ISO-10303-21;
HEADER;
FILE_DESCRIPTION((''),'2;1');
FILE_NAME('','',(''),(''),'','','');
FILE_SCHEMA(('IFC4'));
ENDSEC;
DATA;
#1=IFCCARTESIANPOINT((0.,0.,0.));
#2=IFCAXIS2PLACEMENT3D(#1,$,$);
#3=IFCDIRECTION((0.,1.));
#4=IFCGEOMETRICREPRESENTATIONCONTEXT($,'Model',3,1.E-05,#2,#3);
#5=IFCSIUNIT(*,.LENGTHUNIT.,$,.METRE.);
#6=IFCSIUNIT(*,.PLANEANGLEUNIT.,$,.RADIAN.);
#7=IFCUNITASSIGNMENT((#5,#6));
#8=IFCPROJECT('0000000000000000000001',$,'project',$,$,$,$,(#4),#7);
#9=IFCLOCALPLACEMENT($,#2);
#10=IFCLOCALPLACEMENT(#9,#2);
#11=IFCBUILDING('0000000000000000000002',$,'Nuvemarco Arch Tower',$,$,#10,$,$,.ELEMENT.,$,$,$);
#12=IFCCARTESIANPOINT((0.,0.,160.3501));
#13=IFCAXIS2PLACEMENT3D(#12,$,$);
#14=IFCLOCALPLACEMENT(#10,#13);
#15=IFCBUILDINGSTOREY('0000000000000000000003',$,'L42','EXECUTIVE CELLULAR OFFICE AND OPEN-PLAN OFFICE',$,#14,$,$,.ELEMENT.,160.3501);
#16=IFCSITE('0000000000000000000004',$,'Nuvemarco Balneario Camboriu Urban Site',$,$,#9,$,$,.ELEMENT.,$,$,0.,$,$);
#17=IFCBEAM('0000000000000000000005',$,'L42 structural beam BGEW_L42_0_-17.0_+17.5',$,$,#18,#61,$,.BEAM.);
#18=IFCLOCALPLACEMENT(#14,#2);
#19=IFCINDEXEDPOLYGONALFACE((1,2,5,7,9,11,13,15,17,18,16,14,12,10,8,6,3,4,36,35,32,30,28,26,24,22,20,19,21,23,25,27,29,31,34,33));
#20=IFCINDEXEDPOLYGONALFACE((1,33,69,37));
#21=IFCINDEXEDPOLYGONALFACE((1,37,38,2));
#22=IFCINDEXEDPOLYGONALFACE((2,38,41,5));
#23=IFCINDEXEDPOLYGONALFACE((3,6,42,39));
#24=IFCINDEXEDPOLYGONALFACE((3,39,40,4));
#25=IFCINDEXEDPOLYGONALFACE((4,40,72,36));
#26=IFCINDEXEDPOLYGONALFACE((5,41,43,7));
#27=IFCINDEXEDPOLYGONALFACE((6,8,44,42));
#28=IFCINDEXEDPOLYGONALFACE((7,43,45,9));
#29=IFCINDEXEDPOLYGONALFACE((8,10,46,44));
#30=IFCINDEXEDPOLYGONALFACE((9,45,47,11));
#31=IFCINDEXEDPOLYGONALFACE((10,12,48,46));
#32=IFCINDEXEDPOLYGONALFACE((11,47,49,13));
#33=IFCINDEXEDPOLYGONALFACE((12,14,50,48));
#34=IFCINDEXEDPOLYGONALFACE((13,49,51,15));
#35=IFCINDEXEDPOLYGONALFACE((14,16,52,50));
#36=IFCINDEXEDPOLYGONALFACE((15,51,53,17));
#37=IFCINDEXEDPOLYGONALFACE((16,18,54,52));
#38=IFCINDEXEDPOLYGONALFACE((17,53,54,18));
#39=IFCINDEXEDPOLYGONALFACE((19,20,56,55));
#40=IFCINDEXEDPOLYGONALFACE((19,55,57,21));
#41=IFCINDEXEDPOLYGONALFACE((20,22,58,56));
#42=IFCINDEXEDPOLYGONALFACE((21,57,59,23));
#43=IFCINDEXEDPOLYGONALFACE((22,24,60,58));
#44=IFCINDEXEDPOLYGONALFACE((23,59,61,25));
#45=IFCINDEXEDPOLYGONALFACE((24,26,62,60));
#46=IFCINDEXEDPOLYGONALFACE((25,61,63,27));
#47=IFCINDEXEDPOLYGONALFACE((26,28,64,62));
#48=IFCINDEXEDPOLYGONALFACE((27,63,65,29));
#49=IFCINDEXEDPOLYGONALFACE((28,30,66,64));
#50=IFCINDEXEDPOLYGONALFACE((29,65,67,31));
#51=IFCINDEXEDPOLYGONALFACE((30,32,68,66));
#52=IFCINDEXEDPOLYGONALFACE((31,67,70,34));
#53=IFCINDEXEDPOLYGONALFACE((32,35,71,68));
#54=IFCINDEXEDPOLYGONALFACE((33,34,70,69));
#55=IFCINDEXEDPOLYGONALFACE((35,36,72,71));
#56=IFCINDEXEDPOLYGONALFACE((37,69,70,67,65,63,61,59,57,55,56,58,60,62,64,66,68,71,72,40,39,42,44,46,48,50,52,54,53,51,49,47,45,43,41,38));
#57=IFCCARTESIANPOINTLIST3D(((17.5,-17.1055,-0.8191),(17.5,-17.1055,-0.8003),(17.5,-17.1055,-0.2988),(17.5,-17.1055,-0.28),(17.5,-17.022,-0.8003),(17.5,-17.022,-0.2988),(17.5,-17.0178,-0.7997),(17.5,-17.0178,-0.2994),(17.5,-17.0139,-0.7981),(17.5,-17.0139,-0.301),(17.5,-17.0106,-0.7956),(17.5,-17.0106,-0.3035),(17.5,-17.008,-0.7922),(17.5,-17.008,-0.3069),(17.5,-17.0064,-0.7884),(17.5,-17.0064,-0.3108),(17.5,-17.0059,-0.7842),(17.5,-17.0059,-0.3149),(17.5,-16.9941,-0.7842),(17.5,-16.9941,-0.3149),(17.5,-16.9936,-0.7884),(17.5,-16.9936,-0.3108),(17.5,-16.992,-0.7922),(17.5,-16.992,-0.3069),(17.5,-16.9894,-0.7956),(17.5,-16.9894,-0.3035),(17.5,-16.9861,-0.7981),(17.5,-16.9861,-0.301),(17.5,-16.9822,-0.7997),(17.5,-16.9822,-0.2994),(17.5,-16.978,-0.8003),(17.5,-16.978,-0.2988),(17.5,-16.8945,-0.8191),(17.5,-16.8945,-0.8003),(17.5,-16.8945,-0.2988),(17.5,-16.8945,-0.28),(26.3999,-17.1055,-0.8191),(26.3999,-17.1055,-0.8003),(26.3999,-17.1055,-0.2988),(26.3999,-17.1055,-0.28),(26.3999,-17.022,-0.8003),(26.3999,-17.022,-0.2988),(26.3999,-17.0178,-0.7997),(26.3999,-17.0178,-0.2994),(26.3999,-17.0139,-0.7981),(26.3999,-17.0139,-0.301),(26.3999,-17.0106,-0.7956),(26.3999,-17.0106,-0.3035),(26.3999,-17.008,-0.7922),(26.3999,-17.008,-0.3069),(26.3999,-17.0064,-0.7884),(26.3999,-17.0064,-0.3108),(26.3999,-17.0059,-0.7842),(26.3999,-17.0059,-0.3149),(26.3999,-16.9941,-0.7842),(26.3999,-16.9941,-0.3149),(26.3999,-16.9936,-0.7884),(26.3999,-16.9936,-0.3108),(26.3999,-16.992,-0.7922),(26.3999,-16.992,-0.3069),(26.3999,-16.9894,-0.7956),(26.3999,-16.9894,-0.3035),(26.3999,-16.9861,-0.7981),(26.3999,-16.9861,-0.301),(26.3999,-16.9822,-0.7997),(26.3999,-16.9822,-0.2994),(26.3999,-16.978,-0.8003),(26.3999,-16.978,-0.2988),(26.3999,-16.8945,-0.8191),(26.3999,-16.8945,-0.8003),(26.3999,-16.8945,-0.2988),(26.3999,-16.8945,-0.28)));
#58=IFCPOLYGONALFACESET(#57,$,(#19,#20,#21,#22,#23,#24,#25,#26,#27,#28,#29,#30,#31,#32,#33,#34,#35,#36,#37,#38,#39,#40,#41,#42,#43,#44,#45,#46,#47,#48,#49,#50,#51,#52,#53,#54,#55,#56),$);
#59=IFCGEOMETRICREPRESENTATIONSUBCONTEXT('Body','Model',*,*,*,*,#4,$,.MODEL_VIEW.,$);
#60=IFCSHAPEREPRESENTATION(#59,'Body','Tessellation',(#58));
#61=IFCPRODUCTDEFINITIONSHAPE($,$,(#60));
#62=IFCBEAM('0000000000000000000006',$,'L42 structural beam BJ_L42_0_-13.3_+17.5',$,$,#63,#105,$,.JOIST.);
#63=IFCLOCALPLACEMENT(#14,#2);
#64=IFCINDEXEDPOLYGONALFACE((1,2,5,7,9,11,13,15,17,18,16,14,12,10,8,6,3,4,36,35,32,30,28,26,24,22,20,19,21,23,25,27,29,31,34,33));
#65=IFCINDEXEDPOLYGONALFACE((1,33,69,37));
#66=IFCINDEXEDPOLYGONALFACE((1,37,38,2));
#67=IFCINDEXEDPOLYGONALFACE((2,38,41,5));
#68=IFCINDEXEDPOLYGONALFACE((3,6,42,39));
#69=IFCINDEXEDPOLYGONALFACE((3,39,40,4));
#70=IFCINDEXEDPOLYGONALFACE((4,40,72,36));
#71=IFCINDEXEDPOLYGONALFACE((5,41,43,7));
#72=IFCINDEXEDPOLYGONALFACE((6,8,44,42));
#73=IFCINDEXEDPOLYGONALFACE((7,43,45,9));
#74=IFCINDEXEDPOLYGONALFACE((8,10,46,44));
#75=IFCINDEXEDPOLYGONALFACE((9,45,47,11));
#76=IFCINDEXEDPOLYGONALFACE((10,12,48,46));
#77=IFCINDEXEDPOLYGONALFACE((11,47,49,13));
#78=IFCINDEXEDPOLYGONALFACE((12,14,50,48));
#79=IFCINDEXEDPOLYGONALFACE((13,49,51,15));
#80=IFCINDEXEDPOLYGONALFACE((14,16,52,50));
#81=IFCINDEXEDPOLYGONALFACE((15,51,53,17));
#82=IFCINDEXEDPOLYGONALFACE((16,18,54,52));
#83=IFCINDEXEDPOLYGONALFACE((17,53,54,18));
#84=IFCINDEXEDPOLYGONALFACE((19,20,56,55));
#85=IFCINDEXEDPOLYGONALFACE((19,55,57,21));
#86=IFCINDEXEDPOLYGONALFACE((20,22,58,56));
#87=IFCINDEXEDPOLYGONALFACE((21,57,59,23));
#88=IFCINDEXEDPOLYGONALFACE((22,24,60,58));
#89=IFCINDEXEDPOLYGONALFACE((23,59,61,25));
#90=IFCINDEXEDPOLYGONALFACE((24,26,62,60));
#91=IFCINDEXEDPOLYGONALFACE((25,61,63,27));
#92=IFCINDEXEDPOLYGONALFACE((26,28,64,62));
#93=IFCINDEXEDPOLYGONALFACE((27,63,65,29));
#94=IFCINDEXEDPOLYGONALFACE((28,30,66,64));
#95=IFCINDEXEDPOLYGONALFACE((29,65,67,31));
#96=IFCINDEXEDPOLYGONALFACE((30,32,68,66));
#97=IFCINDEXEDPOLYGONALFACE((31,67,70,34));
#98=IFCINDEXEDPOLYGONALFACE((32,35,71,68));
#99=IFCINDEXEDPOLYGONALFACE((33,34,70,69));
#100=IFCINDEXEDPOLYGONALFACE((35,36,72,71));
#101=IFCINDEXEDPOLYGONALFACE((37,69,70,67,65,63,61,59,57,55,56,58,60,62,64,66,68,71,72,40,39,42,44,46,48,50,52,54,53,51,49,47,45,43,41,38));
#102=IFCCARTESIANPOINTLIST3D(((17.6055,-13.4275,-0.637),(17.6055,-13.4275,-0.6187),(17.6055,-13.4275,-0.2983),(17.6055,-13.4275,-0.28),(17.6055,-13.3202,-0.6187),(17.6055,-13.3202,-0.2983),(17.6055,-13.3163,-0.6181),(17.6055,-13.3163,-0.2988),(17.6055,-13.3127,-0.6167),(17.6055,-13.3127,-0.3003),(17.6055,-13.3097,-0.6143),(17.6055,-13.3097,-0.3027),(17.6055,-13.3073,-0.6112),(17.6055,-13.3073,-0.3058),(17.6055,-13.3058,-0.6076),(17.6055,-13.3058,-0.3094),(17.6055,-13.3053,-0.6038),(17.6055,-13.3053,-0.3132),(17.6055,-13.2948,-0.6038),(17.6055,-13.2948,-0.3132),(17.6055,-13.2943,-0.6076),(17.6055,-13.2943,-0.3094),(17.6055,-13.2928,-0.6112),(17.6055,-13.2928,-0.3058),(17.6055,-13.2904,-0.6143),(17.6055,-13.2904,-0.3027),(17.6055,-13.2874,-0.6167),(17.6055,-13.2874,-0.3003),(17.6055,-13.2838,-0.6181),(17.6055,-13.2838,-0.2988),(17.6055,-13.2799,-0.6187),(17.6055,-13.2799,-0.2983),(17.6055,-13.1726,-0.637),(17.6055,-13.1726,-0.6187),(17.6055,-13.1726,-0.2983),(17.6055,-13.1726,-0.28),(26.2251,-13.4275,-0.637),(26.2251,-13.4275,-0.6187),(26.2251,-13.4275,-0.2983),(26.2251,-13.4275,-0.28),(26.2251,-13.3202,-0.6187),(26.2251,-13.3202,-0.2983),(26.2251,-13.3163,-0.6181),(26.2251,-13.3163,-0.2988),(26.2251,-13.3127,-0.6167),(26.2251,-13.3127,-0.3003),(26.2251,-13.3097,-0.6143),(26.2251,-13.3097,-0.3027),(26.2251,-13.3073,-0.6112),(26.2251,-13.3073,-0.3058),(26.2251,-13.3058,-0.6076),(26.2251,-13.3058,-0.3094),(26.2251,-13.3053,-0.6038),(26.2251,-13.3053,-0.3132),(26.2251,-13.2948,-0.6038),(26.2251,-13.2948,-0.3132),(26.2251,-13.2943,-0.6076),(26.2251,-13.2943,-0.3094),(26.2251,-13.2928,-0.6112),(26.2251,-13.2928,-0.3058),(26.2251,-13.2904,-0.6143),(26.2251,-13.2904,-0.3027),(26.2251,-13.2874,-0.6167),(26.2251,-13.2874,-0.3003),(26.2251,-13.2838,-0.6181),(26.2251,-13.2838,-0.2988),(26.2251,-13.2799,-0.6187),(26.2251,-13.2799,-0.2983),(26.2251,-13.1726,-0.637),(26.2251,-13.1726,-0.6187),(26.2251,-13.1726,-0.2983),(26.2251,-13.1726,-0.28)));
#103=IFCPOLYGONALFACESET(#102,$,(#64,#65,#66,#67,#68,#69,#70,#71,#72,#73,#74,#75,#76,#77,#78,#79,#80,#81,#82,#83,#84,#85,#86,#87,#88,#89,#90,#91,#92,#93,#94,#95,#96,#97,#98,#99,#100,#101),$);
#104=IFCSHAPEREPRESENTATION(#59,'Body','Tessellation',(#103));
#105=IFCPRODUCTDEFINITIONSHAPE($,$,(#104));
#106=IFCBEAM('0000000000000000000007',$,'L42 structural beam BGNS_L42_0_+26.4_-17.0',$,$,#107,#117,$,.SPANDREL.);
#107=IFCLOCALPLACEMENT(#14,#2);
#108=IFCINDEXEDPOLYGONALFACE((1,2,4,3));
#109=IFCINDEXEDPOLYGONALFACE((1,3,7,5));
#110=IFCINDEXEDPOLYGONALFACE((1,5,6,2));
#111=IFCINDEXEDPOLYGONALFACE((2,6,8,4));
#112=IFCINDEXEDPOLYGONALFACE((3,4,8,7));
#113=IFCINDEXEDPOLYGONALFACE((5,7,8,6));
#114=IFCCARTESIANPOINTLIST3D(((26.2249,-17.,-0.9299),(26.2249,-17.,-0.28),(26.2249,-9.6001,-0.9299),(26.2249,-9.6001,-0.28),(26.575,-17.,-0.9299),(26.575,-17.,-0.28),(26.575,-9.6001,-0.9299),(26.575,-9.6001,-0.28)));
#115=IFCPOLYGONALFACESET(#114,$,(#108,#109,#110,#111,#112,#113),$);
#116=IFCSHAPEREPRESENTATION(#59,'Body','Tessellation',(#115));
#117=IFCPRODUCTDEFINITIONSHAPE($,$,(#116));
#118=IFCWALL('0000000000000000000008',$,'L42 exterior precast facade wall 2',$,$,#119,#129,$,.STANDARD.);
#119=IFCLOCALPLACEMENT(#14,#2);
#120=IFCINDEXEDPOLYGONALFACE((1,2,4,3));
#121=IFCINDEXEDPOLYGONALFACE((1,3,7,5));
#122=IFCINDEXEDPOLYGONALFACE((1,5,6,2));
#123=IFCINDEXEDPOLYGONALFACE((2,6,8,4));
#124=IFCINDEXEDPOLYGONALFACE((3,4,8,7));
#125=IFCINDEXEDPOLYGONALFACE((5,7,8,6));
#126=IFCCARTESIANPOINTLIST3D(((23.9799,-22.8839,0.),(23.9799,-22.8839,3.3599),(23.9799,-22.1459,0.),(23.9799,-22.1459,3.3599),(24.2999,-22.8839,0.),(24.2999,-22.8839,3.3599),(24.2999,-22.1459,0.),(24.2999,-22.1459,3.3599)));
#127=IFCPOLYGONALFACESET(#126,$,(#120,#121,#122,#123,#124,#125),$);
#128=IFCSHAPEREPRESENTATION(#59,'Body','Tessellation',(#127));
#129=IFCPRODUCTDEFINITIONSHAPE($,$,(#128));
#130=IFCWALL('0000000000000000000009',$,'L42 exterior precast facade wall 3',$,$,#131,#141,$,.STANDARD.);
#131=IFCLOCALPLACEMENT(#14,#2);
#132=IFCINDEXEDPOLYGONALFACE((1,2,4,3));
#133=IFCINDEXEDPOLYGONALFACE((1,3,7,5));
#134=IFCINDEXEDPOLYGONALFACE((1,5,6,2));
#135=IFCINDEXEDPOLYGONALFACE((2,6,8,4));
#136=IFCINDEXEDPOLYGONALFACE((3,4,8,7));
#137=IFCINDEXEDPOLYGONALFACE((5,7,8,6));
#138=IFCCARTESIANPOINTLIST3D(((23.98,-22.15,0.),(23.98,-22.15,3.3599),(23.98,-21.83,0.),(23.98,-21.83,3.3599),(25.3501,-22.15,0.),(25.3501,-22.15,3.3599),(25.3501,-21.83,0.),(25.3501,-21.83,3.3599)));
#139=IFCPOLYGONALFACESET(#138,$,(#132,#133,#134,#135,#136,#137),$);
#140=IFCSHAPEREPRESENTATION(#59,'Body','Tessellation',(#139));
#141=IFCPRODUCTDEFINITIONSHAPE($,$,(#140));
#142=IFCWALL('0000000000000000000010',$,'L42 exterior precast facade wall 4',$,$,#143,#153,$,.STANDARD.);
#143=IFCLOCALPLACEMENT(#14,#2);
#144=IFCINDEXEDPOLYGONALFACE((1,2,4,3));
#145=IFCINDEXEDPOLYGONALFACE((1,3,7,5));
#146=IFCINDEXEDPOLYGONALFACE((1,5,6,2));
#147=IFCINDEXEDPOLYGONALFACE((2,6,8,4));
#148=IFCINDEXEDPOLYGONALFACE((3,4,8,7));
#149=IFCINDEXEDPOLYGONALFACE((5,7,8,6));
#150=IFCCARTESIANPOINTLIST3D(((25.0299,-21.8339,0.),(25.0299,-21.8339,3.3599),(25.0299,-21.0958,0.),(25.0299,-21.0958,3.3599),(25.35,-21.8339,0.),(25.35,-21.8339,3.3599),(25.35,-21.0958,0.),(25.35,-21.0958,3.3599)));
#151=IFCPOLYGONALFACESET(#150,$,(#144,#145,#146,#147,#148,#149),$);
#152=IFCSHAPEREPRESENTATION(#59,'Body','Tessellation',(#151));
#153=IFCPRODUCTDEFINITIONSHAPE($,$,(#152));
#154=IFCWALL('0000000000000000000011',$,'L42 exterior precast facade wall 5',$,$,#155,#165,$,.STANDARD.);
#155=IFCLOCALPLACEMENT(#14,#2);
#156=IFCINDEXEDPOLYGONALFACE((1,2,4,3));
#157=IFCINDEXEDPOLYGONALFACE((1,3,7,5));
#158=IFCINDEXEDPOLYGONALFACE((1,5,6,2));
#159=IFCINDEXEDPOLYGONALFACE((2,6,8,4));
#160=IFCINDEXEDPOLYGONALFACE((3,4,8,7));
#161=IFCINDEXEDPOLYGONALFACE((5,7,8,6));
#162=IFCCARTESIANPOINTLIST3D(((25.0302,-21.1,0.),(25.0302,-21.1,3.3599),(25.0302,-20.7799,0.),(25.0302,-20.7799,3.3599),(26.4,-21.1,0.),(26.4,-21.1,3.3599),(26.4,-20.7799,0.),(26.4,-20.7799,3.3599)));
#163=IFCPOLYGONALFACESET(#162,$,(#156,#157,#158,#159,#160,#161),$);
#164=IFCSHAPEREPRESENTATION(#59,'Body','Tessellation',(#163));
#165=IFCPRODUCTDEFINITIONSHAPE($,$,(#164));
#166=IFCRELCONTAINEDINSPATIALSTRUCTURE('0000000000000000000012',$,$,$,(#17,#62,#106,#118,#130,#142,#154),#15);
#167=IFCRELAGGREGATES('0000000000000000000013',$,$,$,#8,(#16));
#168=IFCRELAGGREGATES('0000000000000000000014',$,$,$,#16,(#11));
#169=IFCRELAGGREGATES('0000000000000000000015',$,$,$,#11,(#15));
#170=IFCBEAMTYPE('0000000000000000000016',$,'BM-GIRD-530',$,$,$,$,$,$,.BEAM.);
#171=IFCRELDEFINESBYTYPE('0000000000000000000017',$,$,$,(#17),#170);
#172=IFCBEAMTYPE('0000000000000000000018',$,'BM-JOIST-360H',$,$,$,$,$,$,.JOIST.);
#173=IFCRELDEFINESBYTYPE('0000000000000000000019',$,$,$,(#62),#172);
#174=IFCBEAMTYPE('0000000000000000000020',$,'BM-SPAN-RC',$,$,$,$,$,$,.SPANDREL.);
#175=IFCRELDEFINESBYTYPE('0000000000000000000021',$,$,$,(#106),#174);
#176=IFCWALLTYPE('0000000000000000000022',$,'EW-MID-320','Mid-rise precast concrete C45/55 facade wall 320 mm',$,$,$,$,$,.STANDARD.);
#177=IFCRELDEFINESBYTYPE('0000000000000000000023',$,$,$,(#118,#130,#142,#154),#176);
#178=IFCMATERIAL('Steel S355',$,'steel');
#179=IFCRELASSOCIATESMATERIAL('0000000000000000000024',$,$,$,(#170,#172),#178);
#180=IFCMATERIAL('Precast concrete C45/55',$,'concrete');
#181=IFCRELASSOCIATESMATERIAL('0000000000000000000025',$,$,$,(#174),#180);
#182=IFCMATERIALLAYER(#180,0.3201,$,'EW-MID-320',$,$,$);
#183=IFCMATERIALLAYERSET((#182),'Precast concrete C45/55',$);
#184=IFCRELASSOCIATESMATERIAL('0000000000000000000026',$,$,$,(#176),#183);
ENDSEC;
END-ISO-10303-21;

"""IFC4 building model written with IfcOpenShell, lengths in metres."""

from ifc_helpers import new_model, si_unit, direction, frame, frame_2d, origin, origin_2d, place, context, subcontext, project, spatial, rectangle, i_section, extrude, material, layer, layer_set, material_profile, profile_set, type_object, element, save


model = new_model("IFC4")

# Units and contexts
model_context = context("Model", 3, precision=1e-05, world=origin(), true_north=direction((0.0, 1.0)))
body_context = subcontext(model_context, "Body", "Model", "MODEL_VIEW")
ifc_project = project(units=[si_unit("LENGTHUNIT", "METRE"), si_unit("PLANEANGLEUNIT", "RADIAN")], contexts=[model_context])

# Site, building, storey
site_placement = place(None, origin())
site = spatial("IfcSite", under=ifc_project, at=site_placement, Name="Nuvemarco Balneario Camboriu Urban Site", CompositionType="ELEMENT", RefElevation=0.0)
building_placement = place(site_placement, origin())
building = spatial("IfcBuilding", under=site, at=building_placement, Name="Nuvemarco Arch Tower", CompositionType="ELEMENT")
storey_placement = place(building_placement, frame((0.0, 0.0, 160.3501)))
storey = spatial("IfcBuildingStorey", under=building, at=storey_placement, Name="L42", Description="EXECUTIVE CELLULAR OFFICE AND OPEN-PLAN OFFICE", CompositionType="ELEMENT", Elevation=160.3501)

# Shared definitions
ifc_material_1 = material(Name="Steel S355", Category="steel")

# Beams
ifc_material_profile_1 = material_profile(ifc_material_1, i_section(OverallWidth=0.2109, OverallDepth=0.5391, WebThickness=0.0117, FlangeThickness=0.0188, FilletRadius=0.0161, at=origin_2d()), Name="W530x109")
ifc_profile_set_1 = profile_set([ifc_material_profile_1], Name="Steel S355")
beam_type_1 = type_object("IfcBeamType", Name="BM-GIRD-530", PredefinedType="BEAM", material=ifc_profile_set_1)
beam_1_placement = place(storey_placement, frame((17.5, -17.0, -0.5496), z_axis=(1.0, 0.0, 0.0), x_axis=(0.0, 1.0, 0.0)))
element("IfcBeam", 1, at=beam_1_placement, inside=storey, type_object=beam_type_1, Name="L42 structural beam BGEW_L42_0_-17.0_+17.5", PredefinedType="BEAM", context=body_context, shape_type="SweptSolid", body=[
    extrude(i_section(OverallWidth=0.2109, OverallDepth=0.5391, WebThickness=0.0117, FlangeThickness=0.0188, FilletRadius=0.0161, at=origin_2d()), origin(), (0.0, 0.0, 1.0), 8.8999),
])
ifc_material_profile_2 = material_profile(ifc_material_1, i_section(OverallWidth=0.2549, OverallDepth=0.3569, WebThickness=0.0105, FlangeThickness=0.0183, FilletRadius=0.0149, at=origin_2d()), Name="W360x101")
ifc_profile_set_2 = profile_set([ifc_material_profile_2], Name="Steel S355")
beam_type_2 = type_object("IfcBeamType", Name="BM-JOIST-360H", PredefinedType="JOIST", material=ifc_profile_set_2)
beam_2_placement = place(storey_placement, frame((17.6055, -13.3, -0.4585), z_axis=(1.0, 0.0, 0.0), x_axis=(0.0, 1.0, 0.0)))
element("IfcBeam", 2, at=beam_2_placement, inside=storey, type_object=beam_type_2, Name="L42 structural beam BJ_L42_0_-13.3_+17.5", PredefinedType="JOIST", context=body_context, shape_type="SweptSolid", body=[
    extrude(i_section(OverallWidth=0.2549, OverallDepth=0.3569, WebThickness=0.0105, FlangeThickness=0.0183, FilletRadius=0.0149, at=origin_2d()), origin(), (0.0, 0.0, 1.0), 8.6196),
])
ifc_material_2 = material(Name="Precast concrete C45/55", Category="concrete")
ifc_material_profile_3 = material_profile(ifc_material_2, rectangle(XDim=0.3501, YDim=0.6499, at=origin_2d()), Name="PC-SP-350x650")
ifc_profile_set_3 = profile_set([ifc_material_profile_3], Name="Precast concrete C45/55")
beam_type_3 = type_object("IfcBeamType", Name="BM-SPAN-RC", PredefinedType="SPANDREL", material=ifc_profile_set_3)
beam_3_placement = place(storey_placement, frame((26.3999, -17.0, -0.605), z_axis=(0.0, 1.0, 0.0), x_axis=(-1.0, 0.0, 0.0)))
element("IfcBeam", 3, at=beam_3_placement, inside=storey, type_object=beam_type_3, Name="L42 structural beam BGNS_L42_0_+26.4_-17.0", PredefinedType="SPANDREL", context=body_context, shape_type="SweptSolid", body=[
    extrude(rectangle(XDim=0.3501, YDim=0.6499, at=origin_2d()), origin(), (0.0, 0.0, 1.0), 7.3999),
])

# Walls
ifc_layer_1 = layer(ifc_material_2, 0.3201, Name="EW-MID-320")
ifc_layer_set_1 = layer_set([ifc_layer_1], Name="Precast concrete C45/55")
wall_type_1 = type_object("IfcWallType", Name="EW-MID-320", Description="Mid-rise precast concrete C45/55 facade wall 320 mm", PredefinedType="STANDARD", material=ifc_layer_set_1)
wall_1_placement = place(storey_placement, frame((24.1399, -22.884, 0.0), z_axis=(0.0, 0.0, 1.0), x_axis=(0.0, 1.0, 0.0)))
element("IfcWall", 4, at=wall_1_placement, inside=storey, type_object=wall_type_1, Name="L42 exterior precast facade wall 2", PredefinedType="STANDARD", context=body_context, shape_type="SweptSolid", body=[
    extrude(rectangle(XDim=0.738, YDim=0.3201, at=frame_2d((0.3691, 0.0))), origin(), (0.0, 0.0, 1.0), 3.3599),
])
wall_2_placement = place(storey_placement, frame((23.98, -21.99, 0.0), z_axis=(0.0, 0.0, 1.0), x_axis=(1.0, 0.0, 0.0)))
element("IfcWall", 5, at=wall_2_placement, inside=storey, type_object=wall_type_1, Name="L42 exterior precast facade wall 3", PredefinedType="STANDARD", context=body_context, shape_type="SweptSolid", body=[
    extrude(rectangle(XDim=1.3701, YDim=0.3201, at=frame_2d((0.6851, 0.0))), origin(), (0.0, 0.0, 1.0), 3.3599),
])
wall_3_placement = place(storey_placement, frame((25.1899, -21.834, 0.0), z_axis=(0.0, 0.0, 1.0), x_axis=(0.0, 1.0, 0.0)))
element("IfcWall", 6, at=wall_3_placement, inside=storey, type_object=wall_type_1, Name="L42 exterior precast facade wall 4", PredefinedType="STANDARD", context=body_context, shape_type="SweptSolid", body=[
    extrude(rectangle(XDim=0.738, YDim=0.3201, at=frame_2d((0.3691, 0.0))), origin(), (0.0, 0.0, 1.0), 3.3599),
])
wall_4_placement = place(storey_placement, frame((25.03, -20.9399, 0.0), z_axis=(0.0, 0.0, 1.0), x_axis=(1.0, 0.0, 0.0)))
element("IfcWall", 7, at=wall_4_placement, inside=storey, type_object=wall_type_1, Name="L42 exterior precast facade wall 5", PredefinedType="STANDARD", context=body_context, shape_type="SweptSolid", body=[
    extrude(rectangle(XDim=1.3699, YDim=0.3201, at=frame_2d((0.6851, 0.0))), origin(), (0.0, 0.0, 1.0), 3.3599),
])

save(model, "model.ifc")
